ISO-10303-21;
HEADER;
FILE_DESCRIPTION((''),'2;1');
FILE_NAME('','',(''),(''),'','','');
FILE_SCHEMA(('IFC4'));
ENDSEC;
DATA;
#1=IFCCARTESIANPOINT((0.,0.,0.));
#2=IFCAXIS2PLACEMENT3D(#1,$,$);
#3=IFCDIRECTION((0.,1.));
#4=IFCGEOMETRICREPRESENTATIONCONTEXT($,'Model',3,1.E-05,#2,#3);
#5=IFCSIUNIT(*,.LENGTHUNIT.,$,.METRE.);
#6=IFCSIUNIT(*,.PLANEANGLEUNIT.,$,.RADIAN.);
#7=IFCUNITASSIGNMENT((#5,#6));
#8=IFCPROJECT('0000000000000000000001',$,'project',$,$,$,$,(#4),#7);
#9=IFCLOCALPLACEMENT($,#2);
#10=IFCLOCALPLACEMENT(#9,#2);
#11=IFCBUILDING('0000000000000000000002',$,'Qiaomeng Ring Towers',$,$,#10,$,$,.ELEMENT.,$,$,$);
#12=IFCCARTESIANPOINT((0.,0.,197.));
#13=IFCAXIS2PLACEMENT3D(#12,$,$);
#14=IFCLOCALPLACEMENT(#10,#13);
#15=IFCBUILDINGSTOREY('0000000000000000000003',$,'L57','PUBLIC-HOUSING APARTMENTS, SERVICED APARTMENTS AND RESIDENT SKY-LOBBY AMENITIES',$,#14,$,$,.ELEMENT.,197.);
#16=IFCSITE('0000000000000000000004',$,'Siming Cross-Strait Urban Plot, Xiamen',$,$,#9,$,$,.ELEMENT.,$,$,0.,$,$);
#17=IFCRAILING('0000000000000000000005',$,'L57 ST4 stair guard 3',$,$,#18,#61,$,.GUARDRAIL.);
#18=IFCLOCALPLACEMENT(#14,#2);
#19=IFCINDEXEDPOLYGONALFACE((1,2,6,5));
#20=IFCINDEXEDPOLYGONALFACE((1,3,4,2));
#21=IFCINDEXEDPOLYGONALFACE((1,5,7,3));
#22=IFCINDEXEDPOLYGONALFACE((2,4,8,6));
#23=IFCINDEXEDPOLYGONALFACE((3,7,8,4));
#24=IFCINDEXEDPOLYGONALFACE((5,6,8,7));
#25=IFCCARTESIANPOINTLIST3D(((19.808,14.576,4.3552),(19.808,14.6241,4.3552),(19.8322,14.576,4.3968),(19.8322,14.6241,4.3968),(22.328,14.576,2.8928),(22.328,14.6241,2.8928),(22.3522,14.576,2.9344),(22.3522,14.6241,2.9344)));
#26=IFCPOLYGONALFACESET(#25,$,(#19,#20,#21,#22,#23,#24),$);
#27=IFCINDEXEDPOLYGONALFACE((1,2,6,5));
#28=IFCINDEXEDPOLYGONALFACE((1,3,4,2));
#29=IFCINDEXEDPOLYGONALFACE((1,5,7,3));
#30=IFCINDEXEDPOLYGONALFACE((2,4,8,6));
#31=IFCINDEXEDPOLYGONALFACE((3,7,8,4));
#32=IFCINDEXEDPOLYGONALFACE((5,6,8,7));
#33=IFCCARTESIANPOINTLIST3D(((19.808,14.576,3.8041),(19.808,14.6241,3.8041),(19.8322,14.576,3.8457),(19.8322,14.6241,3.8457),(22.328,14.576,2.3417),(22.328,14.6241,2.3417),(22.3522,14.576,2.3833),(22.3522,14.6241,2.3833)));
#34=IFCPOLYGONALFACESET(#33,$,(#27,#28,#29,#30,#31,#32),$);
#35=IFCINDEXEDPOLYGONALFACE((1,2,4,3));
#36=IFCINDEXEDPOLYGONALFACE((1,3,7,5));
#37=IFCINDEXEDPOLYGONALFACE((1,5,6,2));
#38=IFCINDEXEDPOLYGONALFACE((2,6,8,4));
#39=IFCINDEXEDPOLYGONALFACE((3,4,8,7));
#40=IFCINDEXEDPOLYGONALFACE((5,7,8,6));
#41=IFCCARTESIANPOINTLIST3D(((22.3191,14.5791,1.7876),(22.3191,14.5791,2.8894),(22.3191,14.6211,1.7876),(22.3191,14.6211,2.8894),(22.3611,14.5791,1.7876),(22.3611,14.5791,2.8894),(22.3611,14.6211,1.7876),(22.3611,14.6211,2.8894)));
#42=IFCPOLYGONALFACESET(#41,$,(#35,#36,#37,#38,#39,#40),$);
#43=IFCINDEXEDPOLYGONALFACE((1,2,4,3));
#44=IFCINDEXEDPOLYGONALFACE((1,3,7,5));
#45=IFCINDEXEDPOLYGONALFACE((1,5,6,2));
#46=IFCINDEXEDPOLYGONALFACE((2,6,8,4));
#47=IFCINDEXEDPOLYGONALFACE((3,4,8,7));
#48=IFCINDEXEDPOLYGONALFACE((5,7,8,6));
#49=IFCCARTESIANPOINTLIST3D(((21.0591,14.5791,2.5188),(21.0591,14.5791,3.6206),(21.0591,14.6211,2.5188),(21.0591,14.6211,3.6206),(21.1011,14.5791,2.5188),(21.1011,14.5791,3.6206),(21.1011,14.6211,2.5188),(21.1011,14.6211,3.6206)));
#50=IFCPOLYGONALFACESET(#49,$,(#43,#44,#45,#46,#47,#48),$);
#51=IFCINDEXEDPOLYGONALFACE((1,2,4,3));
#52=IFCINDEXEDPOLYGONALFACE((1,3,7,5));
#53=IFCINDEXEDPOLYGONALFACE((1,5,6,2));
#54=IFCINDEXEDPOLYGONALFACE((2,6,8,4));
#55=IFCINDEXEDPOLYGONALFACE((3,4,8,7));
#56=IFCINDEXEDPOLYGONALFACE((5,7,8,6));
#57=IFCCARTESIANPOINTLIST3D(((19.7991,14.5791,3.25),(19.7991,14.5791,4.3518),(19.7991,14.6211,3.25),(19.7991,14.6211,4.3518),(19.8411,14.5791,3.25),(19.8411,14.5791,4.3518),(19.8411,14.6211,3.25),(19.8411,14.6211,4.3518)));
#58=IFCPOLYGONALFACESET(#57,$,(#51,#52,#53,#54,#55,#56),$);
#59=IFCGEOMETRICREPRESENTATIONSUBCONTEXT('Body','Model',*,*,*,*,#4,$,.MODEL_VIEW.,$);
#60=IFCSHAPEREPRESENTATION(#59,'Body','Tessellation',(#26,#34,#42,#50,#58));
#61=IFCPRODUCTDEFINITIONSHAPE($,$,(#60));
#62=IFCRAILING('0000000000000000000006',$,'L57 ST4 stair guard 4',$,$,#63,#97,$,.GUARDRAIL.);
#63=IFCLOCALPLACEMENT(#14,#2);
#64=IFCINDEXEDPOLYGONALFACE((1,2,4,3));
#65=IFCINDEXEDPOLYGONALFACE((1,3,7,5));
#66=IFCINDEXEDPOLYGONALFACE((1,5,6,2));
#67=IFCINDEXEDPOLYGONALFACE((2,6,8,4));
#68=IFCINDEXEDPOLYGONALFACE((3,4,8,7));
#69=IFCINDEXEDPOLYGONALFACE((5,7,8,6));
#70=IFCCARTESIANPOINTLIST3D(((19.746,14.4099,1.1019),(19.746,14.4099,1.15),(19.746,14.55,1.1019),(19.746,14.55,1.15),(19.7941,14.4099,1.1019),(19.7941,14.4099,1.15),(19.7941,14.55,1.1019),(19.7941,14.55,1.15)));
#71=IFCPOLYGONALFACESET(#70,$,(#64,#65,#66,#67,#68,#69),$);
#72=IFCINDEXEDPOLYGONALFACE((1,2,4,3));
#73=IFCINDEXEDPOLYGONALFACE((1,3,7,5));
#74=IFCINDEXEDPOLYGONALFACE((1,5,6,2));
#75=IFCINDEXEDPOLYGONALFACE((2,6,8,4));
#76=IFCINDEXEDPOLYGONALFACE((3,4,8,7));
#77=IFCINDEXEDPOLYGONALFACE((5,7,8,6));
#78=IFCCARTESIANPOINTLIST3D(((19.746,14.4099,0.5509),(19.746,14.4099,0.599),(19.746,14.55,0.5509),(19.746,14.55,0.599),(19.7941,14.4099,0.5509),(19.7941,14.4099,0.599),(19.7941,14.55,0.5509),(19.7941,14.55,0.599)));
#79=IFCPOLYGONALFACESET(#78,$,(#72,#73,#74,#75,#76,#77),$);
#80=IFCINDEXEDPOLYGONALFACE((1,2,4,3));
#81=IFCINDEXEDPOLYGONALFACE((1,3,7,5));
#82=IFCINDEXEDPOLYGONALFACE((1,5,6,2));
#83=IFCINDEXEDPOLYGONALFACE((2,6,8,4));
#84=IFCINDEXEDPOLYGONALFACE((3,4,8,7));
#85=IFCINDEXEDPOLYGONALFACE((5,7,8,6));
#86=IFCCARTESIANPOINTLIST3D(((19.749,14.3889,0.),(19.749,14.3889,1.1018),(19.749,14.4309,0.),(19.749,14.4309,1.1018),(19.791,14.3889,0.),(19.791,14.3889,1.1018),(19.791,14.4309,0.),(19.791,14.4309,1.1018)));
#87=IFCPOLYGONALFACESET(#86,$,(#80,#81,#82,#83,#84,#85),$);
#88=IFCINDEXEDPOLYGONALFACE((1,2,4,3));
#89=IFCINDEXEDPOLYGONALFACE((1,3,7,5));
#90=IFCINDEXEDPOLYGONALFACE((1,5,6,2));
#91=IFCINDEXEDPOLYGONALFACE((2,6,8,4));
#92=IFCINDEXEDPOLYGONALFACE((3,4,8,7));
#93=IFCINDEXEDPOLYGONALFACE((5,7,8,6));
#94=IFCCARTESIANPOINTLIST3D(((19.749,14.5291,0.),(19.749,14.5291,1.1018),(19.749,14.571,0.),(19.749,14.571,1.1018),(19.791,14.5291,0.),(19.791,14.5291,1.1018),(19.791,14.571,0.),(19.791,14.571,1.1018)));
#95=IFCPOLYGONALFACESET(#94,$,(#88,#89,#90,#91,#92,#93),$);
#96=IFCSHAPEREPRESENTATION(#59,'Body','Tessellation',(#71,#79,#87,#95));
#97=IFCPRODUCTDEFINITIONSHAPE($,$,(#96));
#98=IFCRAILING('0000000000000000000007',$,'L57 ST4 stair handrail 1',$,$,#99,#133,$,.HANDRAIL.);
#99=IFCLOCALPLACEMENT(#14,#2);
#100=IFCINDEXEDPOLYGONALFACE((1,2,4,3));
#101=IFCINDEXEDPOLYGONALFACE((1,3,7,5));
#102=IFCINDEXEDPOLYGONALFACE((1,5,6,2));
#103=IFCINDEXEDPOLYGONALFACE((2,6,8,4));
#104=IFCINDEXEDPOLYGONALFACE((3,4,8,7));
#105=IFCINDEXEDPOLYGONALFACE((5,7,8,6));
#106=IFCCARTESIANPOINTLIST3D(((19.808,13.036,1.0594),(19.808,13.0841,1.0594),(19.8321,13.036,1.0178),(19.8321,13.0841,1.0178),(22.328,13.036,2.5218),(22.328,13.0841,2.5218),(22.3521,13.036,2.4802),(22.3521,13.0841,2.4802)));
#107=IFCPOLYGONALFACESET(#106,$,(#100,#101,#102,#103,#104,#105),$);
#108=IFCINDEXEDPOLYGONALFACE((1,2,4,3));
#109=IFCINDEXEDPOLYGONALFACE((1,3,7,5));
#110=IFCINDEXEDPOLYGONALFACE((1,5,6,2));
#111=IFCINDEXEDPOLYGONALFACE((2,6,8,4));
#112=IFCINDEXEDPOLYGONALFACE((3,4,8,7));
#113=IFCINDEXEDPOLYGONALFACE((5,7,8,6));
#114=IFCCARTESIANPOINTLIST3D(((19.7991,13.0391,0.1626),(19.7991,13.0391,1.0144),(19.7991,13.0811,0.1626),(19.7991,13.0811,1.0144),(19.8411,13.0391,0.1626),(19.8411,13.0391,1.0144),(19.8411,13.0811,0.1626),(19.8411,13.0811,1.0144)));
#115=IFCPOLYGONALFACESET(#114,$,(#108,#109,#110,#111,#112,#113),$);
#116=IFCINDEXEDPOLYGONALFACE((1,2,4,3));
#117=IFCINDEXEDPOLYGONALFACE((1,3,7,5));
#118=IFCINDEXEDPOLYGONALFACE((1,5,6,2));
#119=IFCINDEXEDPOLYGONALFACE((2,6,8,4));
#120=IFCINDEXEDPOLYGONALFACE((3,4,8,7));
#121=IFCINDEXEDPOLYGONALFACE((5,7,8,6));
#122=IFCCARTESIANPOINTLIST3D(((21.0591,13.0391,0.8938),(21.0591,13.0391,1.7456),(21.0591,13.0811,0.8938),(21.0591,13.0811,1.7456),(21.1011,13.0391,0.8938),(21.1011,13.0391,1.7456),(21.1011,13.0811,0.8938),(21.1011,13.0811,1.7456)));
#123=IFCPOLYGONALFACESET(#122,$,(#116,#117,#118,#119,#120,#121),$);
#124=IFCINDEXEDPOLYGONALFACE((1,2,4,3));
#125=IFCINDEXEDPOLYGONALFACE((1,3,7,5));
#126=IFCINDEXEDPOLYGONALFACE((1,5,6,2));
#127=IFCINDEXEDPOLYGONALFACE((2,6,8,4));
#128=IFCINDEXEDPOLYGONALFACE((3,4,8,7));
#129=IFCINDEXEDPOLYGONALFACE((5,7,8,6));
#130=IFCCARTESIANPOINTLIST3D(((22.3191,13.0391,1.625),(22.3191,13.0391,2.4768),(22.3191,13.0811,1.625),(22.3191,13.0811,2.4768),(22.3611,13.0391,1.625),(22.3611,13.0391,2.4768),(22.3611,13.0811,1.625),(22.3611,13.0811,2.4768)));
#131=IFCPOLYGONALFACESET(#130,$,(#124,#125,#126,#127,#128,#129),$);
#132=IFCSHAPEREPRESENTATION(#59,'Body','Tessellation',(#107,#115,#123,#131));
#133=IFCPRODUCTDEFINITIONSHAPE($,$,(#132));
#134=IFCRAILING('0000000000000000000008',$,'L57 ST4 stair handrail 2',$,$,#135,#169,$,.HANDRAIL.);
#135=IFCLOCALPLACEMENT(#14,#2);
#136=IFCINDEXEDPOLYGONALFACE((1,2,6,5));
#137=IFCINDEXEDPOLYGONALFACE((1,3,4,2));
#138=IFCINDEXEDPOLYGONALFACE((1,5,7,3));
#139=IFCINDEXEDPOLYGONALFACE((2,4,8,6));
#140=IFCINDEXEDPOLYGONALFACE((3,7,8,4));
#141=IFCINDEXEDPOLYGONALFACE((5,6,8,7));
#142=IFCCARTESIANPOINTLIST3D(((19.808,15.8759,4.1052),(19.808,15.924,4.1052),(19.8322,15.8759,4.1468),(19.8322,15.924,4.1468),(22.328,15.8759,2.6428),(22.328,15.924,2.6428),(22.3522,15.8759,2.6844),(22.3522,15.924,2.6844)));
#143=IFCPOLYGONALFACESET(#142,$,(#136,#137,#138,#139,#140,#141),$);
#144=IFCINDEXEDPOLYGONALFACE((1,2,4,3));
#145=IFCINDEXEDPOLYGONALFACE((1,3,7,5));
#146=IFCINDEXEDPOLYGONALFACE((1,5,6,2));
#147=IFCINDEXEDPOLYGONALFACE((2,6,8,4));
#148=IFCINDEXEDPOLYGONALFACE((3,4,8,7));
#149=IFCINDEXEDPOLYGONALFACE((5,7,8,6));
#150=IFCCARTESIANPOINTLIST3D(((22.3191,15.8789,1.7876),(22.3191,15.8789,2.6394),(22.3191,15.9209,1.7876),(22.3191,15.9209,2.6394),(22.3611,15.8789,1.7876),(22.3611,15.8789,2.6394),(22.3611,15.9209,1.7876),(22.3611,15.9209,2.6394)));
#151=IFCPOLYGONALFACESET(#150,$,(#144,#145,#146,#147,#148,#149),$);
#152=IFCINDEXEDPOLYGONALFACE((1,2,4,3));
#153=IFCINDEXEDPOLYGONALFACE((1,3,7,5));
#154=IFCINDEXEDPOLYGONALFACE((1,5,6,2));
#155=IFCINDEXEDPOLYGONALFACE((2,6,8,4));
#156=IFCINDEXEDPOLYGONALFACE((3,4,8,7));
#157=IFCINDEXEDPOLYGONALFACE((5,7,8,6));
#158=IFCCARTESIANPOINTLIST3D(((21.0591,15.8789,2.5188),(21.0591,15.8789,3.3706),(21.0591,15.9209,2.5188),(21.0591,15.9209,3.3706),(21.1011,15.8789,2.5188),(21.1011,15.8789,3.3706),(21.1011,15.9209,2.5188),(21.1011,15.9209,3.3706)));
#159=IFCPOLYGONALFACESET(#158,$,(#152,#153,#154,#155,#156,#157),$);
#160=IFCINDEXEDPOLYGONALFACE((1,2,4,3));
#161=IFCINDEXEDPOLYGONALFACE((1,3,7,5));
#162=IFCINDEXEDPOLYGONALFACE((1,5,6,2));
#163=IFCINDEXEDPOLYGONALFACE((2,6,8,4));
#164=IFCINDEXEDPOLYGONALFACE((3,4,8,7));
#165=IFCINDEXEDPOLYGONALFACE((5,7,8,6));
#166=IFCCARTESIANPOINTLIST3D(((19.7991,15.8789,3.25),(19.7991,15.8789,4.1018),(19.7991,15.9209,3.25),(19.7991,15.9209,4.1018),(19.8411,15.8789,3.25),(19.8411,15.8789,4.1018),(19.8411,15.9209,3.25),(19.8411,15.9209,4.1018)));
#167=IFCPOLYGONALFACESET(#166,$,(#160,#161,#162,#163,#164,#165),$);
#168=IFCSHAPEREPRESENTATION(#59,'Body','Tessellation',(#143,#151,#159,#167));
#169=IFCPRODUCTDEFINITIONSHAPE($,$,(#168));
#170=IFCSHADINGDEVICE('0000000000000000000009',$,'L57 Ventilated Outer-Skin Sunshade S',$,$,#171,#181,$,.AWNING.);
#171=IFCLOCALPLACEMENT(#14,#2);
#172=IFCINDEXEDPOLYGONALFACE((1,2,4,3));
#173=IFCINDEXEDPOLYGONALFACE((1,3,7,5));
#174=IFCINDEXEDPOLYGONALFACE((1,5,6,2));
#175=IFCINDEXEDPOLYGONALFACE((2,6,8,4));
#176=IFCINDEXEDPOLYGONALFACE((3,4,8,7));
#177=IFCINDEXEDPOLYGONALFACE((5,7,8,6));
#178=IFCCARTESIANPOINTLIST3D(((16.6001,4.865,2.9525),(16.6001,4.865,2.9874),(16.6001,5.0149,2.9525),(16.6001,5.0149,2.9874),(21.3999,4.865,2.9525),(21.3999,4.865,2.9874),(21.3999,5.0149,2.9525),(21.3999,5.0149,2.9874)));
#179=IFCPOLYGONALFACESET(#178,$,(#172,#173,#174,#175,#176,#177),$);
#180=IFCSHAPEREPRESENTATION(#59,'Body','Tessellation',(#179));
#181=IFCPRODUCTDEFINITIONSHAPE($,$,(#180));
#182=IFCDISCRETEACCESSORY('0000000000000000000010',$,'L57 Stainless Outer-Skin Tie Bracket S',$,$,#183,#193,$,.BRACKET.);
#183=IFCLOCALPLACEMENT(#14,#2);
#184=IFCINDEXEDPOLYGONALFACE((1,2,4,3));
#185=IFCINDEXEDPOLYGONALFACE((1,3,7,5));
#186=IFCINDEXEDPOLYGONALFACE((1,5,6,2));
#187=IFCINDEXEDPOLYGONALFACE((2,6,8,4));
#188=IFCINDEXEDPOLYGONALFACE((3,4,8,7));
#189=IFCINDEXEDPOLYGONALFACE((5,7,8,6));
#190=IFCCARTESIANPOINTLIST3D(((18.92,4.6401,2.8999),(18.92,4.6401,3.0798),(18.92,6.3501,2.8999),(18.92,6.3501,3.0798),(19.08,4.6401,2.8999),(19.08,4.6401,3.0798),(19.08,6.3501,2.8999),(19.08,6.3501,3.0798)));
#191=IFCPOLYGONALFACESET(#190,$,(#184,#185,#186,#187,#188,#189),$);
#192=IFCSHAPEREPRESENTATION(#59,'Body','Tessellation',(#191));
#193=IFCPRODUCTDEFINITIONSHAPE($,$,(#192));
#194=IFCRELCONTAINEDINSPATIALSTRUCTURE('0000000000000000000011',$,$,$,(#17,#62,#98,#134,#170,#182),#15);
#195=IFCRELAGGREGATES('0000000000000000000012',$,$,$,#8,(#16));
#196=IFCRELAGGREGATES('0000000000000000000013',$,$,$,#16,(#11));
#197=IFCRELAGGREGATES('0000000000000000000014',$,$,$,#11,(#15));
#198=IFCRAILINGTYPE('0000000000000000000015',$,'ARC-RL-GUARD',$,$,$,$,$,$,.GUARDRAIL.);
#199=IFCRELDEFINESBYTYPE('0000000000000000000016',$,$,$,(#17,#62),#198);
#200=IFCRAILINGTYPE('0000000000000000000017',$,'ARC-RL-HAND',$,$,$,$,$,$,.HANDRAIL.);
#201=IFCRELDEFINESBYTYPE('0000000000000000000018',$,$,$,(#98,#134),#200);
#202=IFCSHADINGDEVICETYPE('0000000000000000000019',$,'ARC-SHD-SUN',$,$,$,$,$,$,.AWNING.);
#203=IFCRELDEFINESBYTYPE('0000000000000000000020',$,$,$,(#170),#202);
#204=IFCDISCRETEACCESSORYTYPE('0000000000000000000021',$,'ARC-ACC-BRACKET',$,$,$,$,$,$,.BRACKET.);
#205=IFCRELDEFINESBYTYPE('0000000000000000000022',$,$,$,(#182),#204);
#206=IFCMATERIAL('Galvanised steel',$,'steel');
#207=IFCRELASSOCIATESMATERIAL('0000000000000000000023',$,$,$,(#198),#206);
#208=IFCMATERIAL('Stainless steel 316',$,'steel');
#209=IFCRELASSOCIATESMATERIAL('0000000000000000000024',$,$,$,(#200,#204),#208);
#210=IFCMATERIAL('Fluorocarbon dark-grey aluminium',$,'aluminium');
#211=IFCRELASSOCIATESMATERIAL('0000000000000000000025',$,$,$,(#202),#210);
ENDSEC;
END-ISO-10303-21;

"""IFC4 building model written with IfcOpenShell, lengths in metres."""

from ifc_helpers import new_model, si_unit, direction, frame, origin, origin_2d, place, context, subcontext, project, spatial, rectangle, extrude, source, transform, mapped, material, material_profile, profile_set, type_object, element, save


model = new_model("IFC4")

# Units and contexts
model_context = context("Model", 3, precision=1e-05, world=origin(), true_north=direction((0.0, 1.0)))
body_context = subcontext(model_context, "Body", "Model", "MODEL_VIEW")
ifc_project = project(units=[si_unit("LENGTHUNIT", "METRE"), si_unit("PLANEANGLEUNIT", "RADIAN")], contexts=[model_context])

# Site, building, storey
site_placement = place(None, origin())
site = spatial("IfcSite", under=ifc_project, at=site_placement, Name="Siming Cross-Strait Urban Plot, Xiamen", CompositionType="ELEMENT", RefElevation=0.0)
building_placement = place(site_placement, origin())
building = spatial("IfcBuilding", under=site, at=building_placement, Name="Qiaomeng Ring Towers", CompositionType="ELEMENT")
storey_placement = place(building_placement, frame((0.0, 0.0, 197.0)))
storey = spatial("IfcBuildingStorey", under=building, at=storey_placement, Name="L57", Description="PUBLIC-HOUSING APARTMENTS, SERVICED APARTMENTS AND RESIDENT SKY-LOBBY AMENITIES", CompositionType="ELEMENT", Elevation=197.0)

# Shared definitions
ifc_material_1 = material(Name="Fluorocarbon dark-grey aluminium", Category="aluminium")

# Shared definitions
ifc_material_2 = material(Name="Galvanised steel", Category="steel")

# Railings
railing_type_1 = type_object("IfcRailingType", Name="ARC-RL-GUARD", PredefinedType="GUARDRAIL", material=ifc_material_2)
railing_1_placement = place(storey_placement, frame((22.3401, 14.6001, 1.7876)))
element("IfcRailing", 1, at=railing_1_placement, inside=storey, type_object=railing_type_1, Name="L57 ST4 stair guard 3", PredefinedType="GUARDRAIL", context=body_context, shape_type="SweptSolid", body=[
    extrude(rectangle(XDim=0.0481, YDim=0.0481, at=origin_2d()), frame((0.0, 0.0, 1.126), z_axis=(-0.864913, 0.0, 0.501921), x_axis=(0.0, -1.0, 0.0)), (0.0, 0.0, 1.0), 2.9136),
    extrude(rectangle(XDim=0.0481, YDim=0.0481, at=origin_2d()), frame((0.0, 0.0, 0.575), z_axis=(-0.864913, 0.0, 0.501921), x_axis=(0.0, -1.0, 0.0)), (0.0, 0.0, 1.0), 2.9136),
    extrude(rectangle(XDim=0.042, YDim=0.042, at=origin_2d()), origin(), (0.0, 0.0, 1.0), 1.1018),
    extrude(rectangle(XDim=0.042, YDim=0.042, at=origin_2d()), frame((-1.26, 0.0, 0.7312)), (0.0, 0.0, 1.0), 1.1018),
    extrude(rectangle(XDim=0.042, YDim=0.042, at=origin_2d()), frame((-2.52, 0.0, 1.4624)), (0.0, 0.0, 1.0), 1.1018),
])
railing_2_placement = place(storey_placement, frame((19.77, 14.4099, 0.0)))
element("IfcRailing", 2, at=railing_2_placement, inside=storey, type_object=railing_type_1, Name="L57 ST4 stair guard 4", PredefinedType="GUARDRAIL", context=body_context, shape_type="SweptSolid", body=[
    extrude(rectangle(XDim=0.0481, YDim=0.0481, at=origin_2d()), frame((0.0, 0.0, 1.126), z_axis=(0.0, 1.0, 0.0), x_axis=(-1.0, 0.0, 0.0)), (0.0, 0.0, 1.0), 0.1401),
    extrude(rectangle(XDim=0.0481, YDim=0.0481, at=origin_2d()), frame((0.0, 0.0, 0.575), z_axis=(0.0, 1.0, 0.0), x_axis=(-1.0, 0.0, 0.0)), (0.0, 0.0, 1.0), 0.1401),
    extrude(rectangle(XDim=0.042, YDim=0.042, at=origin_2d()), origin(), (0.0, 0.0, 1.0), 1.1018),
    extrude(rectangle(XDim=0.042, YDim=0.042, at=origin_2d()), frame((0.0, 0.1401, 0.0)), (0.0, 0.0, 1.0), 1.1018),
])
ifc_material_3 = material(Name="Stainless steel 316", Category="steel")
railing_type_2 = type_object("IfcRailingType", Name="ARC-RL-HAND", PredefinedType="HANDRAIL", material=ifc_material_3)
railing_3_placement = place(storey_placement, frame((19.8201, 13.0601, 0.1626)))
element("IfcRailing", 3, at=railing_3_placement, inside=storey, type_object=railing_type_2, Name="L57 ST4 stair handrail 1", PredefinedType="HANDRAIL", context=body_context, shape_type="SweptSolid", body=[
    extrude(rectangle(XDim=0.0481, YDim=0.0481, at=origin_2d()), frame((0.0, 0.0, 0.876), z_axis=(0.864913, 0.0, 0.501921), x_axis=(0.0, 1.0, 0.0)), (0.0, 0.0, 1.0), 2.9136),
    extrude(rectangle(XDim=0.042, YDim=0.042, at=origin_2d()), origin(), (0.0, 0.0, 1.0), 0.8518),
    extrude(rectangle(XDim=0.042, YDim=0.042, at=origin_2d()), frame((1.26, 0.0, 0.7312)), (0.0, 0.0, 1.0), 0.8518),
    extrude(rectangle(XDim=0.042, YDim=0.042, at=origin_2d()), frame((2.52, 0.0, 1.4624)), (0.0, 0.0, 1.0), 0.8518),
])
railing_4_placement = place(storey_placement, frame((22.3401, 15.8999, 1.7876)))
element("IfcRailing", 4, at=railing_4_placement, inside=storey, type_object=railing_type_2, Name="L57 ST4 stair handrail 2", PredefinedType="HANDRAIL", context=body_context, shape_type="SweptSolid", body=[
    extrude(rectangle(XDim=0.0481, YDim=0.0481, at=origin_2d()), frame((0.0, 0.0, 0.876), z_axis=(-0.864913, 0.0, 0.501921), x_axis=(0.0, -1.0, 0.0)), (0.0, 0.0, 1.0), 2.9136),
    extrude(rectangle(XDim=0.042, YDim=0.042, at=origin_2d()), origin(), (0.0, 0.0, 1.0), 0.8518),
    extrude(rectangle(XDim=0.042, YDim=0.042, at=origin_2d()), frame((-1.26, 0.0, 0.7312)), (0.0, 0.0, 1.0), 0.8518),
    extrude(rectangle(XDim=0.042, YDim=0.042, at=origin_2d()), frame((-2.52, 0.0, 1.4624)), (0.0, 0.0, 1.0), 0.8518),
])

# Shading device
ifc_material_profile_1 = material_profile(ifc_material_1, rectangle(XDim=0.1499, YDim=0.0349, at=origin_2d()), Name="LV BLADE 150x35")
ifc_profile_set_1 = profile_set([ifc_material_profile_1], Name="Fluorocarbon dark-grey aluminium")
shading_device_type = type_object("IfcShadingDeviceType", Name="ARC-SHD-SUN", PredefinedType="AWNING", material=ifc_profile_set_1)
shared_shape_1 = source(origin(), body_context, "Body", "SweptSolid", [
    extrude(rectangle(XDim=0.1499, YDim=0.0349, at=origin_2d()), origin(), (0.0, 0.0, 1.0), 4.7998),
])
shading_device_placement = place(storey_placement, frame((16.6001, 4.9399, 2.97), z_axis=(1.0, 0.0, 0.0), x_axis=(0.0, 1.0, 0.0)))
element("IfcShadingDevice", 5, at=shading_device_placement, inside=storey, type_object=shading_device_type, Name="L57 Ventilated Outer-Skin Sunshade S", PredefinedType="AWNING", context=body_context, shape_type="MappedRepresentation", body=[
    mapped(shared_shape_1, transform((0.0, 0.0, 0.0), x_axis=(1.0, 0.0, 0.0), y_axis=(0.0, 1.0, 0.0), z_axis=(0.0, 0.0, 1.0), scale=1.0)),
])

# Discrete accessory
discrete_accessory_type = type_object("IfcDiscreteAccessoryType", Name="ARC-ACC-BRACKET", PredefinedType="BRACKET", material=ifc_material_3)
shared_shape_2 = source(origin(), body_context, "Body", "SweptSolid", [
    extrude(rectangle(XDim=0.1599, YDim=1.71, at=origin_2d()), origin(), (0.0, 0.0, 1.0), 0.1799),
])
discrete_accessory_placement = place(storey_placement, frame((19.0, 5.4951, 2.8999), z_axis=(0.0, 0.0, 1.0), x_axis=(1.0, 0.0, 0.0)))
element("IfcDiscreteAccessory", 6, at=discrete_accessory_placement, inside=storey, type_object=discrete_accessory_type, Name="L57 Stainless Outer-Skin Tie Bracket S", PredefinedType="BRACKET", context=body_context, shape_type="MappedRepresentation", body=[
    mapped(shared_shape_2, transform((0.0, 0.0, 0.0), x_axis=(1.0, 0.0, 0.0), y_axis=(0.0, 1.0, 0.0), z_axis=(0.0, 0.0, 1.0), scale=1.0)),
])

save(model, "model.ifc")
